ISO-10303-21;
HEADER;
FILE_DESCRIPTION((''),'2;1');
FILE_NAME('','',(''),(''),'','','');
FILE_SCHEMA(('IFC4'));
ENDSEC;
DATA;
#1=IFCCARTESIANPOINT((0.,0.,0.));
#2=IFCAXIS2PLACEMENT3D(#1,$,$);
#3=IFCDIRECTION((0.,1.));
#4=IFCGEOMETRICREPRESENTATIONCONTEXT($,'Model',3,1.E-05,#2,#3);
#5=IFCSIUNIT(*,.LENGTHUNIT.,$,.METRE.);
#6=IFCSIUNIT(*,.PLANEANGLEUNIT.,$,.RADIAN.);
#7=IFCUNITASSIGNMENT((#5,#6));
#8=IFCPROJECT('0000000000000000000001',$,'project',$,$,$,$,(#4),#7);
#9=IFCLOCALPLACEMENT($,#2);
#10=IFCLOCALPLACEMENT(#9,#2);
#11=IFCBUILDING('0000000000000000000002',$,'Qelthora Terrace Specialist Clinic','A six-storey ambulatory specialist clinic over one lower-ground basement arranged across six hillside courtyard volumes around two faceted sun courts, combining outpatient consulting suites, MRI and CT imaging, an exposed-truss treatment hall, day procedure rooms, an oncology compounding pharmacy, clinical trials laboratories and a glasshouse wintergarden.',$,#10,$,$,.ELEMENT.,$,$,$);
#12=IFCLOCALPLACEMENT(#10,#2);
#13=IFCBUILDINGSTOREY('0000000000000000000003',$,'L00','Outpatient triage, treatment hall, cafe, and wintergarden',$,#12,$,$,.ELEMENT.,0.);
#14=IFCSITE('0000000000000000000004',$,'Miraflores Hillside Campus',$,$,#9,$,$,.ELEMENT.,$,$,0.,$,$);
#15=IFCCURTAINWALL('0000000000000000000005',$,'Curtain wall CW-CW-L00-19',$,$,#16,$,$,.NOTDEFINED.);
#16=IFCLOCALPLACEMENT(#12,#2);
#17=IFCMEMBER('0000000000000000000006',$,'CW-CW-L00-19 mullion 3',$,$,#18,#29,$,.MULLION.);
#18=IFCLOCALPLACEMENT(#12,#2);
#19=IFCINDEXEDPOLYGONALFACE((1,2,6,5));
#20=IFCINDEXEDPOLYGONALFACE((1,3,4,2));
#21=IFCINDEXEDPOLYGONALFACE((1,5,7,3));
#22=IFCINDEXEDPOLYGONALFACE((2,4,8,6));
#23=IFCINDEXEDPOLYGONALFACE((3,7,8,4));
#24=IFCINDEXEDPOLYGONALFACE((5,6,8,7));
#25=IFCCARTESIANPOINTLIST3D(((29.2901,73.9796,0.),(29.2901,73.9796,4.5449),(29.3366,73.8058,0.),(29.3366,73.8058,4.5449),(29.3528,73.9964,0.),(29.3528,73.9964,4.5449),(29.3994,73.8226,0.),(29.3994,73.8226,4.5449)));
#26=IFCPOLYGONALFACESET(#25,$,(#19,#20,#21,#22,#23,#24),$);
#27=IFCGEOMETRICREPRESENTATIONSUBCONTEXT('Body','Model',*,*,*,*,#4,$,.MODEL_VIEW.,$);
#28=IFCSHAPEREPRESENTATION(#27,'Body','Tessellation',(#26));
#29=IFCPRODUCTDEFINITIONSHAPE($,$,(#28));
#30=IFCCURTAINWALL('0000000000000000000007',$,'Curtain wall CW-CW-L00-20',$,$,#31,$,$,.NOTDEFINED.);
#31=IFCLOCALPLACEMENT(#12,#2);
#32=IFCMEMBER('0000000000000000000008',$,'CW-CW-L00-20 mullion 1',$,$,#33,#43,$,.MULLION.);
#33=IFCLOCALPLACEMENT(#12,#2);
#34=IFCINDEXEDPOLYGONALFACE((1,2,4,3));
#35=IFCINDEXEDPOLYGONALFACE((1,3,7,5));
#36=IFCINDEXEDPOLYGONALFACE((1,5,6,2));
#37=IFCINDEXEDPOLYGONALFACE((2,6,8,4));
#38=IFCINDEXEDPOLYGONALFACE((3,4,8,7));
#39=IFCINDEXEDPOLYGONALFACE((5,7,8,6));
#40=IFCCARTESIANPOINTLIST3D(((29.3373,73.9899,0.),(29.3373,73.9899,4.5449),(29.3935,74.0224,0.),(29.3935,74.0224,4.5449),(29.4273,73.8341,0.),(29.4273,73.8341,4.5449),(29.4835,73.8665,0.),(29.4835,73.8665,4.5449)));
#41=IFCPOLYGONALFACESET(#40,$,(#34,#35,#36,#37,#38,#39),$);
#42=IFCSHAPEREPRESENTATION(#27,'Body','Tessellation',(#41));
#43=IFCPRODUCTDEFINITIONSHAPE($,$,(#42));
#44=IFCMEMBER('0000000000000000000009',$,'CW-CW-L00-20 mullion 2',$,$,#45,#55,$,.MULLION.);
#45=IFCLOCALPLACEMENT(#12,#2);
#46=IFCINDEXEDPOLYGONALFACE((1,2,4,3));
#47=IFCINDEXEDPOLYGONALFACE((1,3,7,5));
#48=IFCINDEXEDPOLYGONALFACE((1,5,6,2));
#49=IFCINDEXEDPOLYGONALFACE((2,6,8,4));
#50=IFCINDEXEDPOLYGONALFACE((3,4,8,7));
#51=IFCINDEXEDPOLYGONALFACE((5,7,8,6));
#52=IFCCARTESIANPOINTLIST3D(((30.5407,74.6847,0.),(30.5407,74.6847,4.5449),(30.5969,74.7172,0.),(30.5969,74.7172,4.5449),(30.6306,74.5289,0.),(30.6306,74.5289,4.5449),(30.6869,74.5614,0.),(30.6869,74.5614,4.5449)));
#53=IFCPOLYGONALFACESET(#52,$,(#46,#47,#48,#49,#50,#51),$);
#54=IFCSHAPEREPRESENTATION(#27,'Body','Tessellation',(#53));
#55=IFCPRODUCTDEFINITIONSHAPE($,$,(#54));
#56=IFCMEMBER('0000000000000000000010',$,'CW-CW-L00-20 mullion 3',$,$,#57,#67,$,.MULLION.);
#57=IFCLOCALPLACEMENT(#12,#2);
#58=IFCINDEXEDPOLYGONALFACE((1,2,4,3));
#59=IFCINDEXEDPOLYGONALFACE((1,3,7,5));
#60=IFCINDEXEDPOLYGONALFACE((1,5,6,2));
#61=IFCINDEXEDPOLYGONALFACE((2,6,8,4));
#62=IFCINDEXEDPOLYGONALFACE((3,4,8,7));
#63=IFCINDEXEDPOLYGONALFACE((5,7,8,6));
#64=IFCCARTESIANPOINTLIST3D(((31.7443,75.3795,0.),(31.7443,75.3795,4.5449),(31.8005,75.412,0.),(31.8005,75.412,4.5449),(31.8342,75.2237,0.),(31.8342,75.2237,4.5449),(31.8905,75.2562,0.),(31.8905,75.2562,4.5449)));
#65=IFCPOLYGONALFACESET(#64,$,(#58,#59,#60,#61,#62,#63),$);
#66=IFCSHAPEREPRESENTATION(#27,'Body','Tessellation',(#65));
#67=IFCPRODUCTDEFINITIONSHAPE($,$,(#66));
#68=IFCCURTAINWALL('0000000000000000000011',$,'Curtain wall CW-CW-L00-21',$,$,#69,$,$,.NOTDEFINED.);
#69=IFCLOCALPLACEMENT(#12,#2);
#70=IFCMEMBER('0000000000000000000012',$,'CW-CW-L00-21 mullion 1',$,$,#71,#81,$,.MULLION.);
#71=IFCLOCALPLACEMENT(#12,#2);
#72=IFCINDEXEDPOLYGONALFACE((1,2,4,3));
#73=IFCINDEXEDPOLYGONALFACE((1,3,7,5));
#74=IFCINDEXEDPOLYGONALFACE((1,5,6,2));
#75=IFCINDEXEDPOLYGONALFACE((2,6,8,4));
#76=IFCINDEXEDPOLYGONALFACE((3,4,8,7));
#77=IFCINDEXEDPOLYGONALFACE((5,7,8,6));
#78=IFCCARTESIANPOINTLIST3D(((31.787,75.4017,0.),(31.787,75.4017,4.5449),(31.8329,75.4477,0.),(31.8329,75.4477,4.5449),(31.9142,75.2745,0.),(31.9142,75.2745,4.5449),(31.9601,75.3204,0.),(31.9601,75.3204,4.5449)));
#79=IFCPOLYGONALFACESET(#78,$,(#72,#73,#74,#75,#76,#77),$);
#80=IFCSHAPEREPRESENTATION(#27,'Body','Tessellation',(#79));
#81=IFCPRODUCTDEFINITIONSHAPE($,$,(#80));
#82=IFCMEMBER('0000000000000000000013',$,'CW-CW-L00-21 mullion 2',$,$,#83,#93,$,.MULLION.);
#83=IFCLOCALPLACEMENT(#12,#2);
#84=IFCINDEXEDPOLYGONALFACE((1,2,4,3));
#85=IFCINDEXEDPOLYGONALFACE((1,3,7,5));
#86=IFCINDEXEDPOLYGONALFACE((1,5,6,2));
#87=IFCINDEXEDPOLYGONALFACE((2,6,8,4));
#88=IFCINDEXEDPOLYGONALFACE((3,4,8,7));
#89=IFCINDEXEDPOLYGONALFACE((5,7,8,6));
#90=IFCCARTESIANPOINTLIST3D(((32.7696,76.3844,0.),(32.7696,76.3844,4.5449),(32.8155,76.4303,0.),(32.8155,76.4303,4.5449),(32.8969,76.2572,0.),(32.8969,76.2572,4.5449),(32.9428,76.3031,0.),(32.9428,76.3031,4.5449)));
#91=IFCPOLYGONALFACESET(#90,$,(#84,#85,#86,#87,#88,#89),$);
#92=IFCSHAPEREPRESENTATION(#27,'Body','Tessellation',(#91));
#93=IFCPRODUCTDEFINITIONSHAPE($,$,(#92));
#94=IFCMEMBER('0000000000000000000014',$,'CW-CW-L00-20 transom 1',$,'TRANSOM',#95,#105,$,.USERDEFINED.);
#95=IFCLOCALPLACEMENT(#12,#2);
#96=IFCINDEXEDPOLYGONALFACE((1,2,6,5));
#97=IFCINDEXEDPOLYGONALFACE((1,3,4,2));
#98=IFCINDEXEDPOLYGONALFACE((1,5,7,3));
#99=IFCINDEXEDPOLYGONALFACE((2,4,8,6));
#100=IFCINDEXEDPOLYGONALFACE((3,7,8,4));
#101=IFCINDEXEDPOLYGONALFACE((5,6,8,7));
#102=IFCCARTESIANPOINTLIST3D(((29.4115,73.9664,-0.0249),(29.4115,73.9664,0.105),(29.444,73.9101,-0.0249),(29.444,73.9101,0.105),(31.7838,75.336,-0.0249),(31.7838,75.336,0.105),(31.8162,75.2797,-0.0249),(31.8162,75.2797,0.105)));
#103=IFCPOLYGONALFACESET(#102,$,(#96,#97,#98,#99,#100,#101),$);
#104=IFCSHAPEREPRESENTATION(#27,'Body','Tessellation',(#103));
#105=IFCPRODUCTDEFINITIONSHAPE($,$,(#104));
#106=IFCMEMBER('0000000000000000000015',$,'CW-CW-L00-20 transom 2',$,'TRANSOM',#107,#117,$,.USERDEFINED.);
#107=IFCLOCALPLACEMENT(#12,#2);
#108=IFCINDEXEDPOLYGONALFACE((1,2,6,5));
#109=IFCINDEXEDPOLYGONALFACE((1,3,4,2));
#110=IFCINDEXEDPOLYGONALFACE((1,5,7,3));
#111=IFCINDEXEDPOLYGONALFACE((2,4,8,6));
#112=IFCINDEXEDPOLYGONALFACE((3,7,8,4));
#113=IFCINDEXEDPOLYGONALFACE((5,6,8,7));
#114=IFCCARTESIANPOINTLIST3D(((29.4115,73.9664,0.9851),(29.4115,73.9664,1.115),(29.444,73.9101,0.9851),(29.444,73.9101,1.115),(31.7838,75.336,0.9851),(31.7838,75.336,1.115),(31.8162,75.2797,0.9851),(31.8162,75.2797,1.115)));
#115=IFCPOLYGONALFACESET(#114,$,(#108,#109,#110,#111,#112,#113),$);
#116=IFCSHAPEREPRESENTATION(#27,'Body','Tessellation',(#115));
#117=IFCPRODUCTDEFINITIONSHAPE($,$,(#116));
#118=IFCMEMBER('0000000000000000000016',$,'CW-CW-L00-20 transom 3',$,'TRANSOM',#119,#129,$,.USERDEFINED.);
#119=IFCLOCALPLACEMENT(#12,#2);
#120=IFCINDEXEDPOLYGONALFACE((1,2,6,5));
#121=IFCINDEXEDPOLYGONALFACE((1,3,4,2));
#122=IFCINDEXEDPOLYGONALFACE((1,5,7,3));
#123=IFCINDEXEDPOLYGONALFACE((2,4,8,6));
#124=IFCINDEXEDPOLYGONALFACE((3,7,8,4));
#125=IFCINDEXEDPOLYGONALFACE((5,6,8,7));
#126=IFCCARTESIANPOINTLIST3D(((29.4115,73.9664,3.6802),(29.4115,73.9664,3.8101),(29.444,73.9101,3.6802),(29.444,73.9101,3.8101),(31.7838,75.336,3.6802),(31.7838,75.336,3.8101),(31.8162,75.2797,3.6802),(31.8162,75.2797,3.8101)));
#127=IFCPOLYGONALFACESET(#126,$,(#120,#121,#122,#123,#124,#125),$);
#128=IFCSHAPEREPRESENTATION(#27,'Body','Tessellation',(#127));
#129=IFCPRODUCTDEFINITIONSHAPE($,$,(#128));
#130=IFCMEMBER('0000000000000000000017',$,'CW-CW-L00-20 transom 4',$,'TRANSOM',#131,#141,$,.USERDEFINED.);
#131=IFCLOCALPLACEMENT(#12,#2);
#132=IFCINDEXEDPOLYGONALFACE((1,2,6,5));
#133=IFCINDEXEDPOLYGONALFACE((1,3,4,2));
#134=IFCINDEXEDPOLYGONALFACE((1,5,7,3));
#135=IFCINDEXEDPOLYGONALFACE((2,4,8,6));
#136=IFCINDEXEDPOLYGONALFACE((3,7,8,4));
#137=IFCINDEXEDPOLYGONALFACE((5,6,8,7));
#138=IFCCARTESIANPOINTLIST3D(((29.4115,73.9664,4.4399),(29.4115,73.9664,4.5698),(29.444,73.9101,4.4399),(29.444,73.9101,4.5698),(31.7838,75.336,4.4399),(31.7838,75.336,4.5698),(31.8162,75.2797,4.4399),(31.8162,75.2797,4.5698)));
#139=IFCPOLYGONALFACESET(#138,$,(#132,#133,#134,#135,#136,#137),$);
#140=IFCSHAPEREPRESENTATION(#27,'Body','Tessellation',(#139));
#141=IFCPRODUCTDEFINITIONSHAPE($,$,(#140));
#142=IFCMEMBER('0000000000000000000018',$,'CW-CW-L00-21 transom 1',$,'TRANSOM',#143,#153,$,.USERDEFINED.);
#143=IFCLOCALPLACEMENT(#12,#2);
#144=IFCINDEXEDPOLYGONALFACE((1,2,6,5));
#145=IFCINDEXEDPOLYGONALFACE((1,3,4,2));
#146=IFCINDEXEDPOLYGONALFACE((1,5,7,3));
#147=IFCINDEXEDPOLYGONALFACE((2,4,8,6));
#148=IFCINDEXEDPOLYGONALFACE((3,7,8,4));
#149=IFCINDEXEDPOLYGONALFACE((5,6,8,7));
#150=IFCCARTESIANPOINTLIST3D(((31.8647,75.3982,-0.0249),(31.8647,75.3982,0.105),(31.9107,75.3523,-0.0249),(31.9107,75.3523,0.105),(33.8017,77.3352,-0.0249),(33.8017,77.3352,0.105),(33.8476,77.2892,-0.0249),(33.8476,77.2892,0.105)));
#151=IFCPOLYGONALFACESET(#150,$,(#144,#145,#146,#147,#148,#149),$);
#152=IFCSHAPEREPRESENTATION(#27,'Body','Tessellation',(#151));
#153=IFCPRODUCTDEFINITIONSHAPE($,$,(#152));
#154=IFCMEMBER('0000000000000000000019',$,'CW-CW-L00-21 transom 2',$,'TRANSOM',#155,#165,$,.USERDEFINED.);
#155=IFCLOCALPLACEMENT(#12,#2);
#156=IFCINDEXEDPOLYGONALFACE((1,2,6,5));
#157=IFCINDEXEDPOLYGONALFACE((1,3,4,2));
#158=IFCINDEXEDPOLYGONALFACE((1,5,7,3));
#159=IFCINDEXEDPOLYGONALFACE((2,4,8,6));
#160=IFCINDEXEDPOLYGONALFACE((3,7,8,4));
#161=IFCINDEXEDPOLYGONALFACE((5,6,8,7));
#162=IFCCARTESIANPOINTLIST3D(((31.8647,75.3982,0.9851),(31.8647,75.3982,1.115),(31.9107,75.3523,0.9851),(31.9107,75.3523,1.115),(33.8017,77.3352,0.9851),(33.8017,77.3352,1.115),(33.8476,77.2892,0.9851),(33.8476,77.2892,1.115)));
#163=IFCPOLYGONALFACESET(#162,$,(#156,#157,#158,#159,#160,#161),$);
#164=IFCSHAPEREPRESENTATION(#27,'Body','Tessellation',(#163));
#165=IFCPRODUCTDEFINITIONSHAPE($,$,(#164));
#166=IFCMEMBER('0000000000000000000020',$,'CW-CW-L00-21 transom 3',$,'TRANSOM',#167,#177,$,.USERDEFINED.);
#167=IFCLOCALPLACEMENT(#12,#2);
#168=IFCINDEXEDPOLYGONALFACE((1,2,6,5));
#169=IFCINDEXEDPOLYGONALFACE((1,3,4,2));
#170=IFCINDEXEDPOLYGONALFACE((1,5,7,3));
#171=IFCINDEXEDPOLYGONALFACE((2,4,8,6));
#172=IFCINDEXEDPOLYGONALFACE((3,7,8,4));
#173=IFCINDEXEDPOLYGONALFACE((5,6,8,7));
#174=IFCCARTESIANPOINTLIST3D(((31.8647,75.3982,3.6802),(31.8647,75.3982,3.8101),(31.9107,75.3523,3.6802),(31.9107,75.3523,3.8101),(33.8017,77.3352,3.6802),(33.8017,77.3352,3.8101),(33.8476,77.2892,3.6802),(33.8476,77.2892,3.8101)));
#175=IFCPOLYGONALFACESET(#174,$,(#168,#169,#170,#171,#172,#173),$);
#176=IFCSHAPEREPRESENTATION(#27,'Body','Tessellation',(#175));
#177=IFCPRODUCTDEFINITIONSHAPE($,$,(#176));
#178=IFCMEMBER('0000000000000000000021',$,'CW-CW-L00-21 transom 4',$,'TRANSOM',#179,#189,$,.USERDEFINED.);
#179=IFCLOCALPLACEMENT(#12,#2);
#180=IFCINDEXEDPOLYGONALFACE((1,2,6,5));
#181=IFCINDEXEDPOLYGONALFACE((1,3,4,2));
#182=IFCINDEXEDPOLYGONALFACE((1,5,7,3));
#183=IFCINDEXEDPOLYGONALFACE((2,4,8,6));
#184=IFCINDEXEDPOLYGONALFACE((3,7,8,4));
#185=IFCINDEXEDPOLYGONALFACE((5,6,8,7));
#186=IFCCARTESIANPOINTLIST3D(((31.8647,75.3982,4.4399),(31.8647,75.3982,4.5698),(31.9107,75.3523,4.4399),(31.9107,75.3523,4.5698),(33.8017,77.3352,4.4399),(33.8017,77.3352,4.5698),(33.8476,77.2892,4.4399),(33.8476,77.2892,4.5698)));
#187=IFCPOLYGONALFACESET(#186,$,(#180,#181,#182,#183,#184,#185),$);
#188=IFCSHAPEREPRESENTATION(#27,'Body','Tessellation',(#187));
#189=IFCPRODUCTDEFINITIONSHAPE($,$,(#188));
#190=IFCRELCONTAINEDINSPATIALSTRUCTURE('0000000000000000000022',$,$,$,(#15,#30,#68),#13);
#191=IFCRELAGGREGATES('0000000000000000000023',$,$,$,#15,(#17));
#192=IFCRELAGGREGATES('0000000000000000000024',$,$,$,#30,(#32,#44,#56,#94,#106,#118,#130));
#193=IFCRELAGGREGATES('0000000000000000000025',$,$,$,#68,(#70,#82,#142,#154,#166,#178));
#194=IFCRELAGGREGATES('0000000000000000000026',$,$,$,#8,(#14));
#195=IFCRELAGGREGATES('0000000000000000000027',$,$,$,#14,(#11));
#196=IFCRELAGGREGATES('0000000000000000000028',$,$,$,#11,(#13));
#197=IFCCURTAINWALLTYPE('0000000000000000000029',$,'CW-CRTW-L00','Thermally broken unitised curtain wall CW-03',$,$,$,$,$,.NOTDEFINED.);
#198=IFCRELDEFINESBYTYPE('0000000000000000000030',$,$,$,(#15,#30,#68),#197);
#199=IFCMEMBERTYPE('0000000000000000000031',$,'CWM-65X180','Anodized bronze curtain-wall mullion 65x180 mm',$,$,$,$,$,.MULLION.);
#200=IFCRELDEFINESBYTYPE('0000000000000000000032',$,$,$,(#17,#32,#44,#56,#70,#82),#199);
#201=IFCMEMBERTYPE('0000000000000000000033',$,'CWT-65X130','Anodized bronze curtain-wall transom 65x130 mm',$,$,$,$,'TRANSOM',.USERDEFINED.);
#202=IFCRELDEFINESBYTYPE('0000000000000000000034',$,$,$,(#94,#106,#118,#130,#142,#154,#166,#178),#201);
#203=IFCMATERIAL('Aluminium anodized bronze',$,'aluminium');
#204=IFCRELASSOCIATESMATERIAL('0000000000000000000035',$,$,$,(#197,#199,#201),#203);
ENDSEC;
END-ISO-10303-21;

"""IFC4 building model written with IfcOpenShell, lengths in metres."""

from ifc_helpers import new_model, si_unit, direction, frame, origin, origin_2d, place, context, subcontext, project, spatial, rectangle, extrude, material, material_profile, profile_set, type_object, element, aggregate, save


model = new_model("IFC4")

# Units and contexts
model_context = context("Model", 3, precision=1e-05, world=origin(), true_north=direction((0.0, 1.0)))
body_context = subcontext(model_context, "Body", "Model", "MODEL_VIEW")
ifc_project = project(units=[si_unit("LENGTHUNIT", "METRE"), si_unit("PLANEANGLEUNIT", "RADIAN")], contexts=[model_context])

# Site, building, storey
site_placement = place(None, origin())
site = spatial("IfcSite", under=ifc_project, at=site_placement, Name="Miraflores Hillside Campus", CompositionType="ELEMENT", RefElevation=0.0)
building_placement = place(site_placement, origin())
building = spatial("IfcBuilding", under=site, at=building_placement, Name="Qelthora Terrace Specialist Clinic", Description="A six-storey ambulatory specialist clinic over one lower-ground basement arranged across six hillside courtyard volumes around two faceted sun courts, combining outpatient consulting suites, MRI and CT imaging, an exposed-truss treatment hall, day procedure rooms, an oncology compounding pharmacy, clinical trials laboratories and a glasshouse wintergarden.", CompositionType="ELEMENT")
storey_placement = place(building_placement, origin())
storey = spatial("IfcBuildingStorey", under=building, at=storey_placement, Name="L00", Description="Outpatient triage, treatment hall, cafe, and wintergarden", CompositionType="ELEMENT", Elevation=0.0)

# Curtain wall, member
ifc_material_1 = material(Name="Aluminium anodized bronze", Category="aluminium")
curtain_wall_type = type_object("IfcCurtainWallType", Name="CW-CRTW-L00", Description="Thermally broken unitised curtain wall CW-03", PredefinedType="NOTDEFINED", material=ifc_material_1)
curtain_wall_1_placement = place(storey_placement, origin())
curtain_wall_1 = element("IfcCurtainWall", 1, at=curtain_wall_1_placement, inside=storey, type_object=curtain_wall_type, Name="Curtain wall CW-CW-L00-19", PredefinedType="NOTDEFINED")
ifc_material_profile_1 = material_profile(ifc_material_1, rectangle(XDim=0.0649, YDim=0.1799, at=origin_2d()), Name="CWM65X180")
ifc_profile_set_1 = profile_set([ifc_material_profile_1], Name="Aluminium anodized bronze")
member_type_1 = type_object("IfcMemberType", Name="CWM-65X180", Description="Anodized bronze curtain-wall mullion 65x180 mm", PredefinedType="MULLION", material=ifc_profile_set_1)
member_1_placement = place(storey_placement, frame((29.3447, 73.9011, 0.0), z_axis=(0.0, 0.0, 1.0), x_axis=(0.965925, 0.25882, 0.0)))
member_1 = element("IfcMember", 2, at=member_1_placement, type_object=member_type_1, Name="CW-CW-L00-19 mullion 3", PredefinedType="MULLION", context=body_context, shape_type="SweptSolid", body=[
    extrude(rectangle(XDim=0.0649, YDim=0.1799, at=origin_2d()), origin(), (0.0, 0.0, 1.0), 4.5449),
])

# Curtain walls, members
curtain_wall_2_placement = place(storey_placement, origin())
curtain_wall_2 = element("IfcCurtainWall", 3, at=curtain_wall_2_placement, inside=storey, type_object=curtain_wall_type, Name="Curtain wall CW-CW-L00-20", PredefinedType="NOTDEFINED")
member_2_placement = place(storey_placement, frame((29.4104, 73.9282, 0.0), z_axis=(0.0, 0.0, 1.0), x_axis=(0.866026, 0.5, 0.0)))
member_2 = element("IfcMember", 4, at=member_2_placement, type_object=member_type_1, Name="CW-CW-L00-20 mullion 1", PredefinedType="MULLION", context=body_context, shape_type="SweptSolid", body=[
    extrude(rectangle(XDim=0.0649, YDim=0.1799, at=origin_2d()), origin(), (0.0, 0.0, 1.0), 4.5449),
])
member_3_placement = place(storey_placement, frame((30.6138, 74.623, 0.0), z_axis=(0.0, 0.0, 1.0), x_axis=(0.866026, 0.5, 0.0)))
member_3 = element("IfcMember", 5, at=member_3_placement, type_object=member_type_1, Name="CW-CW-L00-20 mullion 2", PredefinedType="MULLION", context=body_context, shape_type="SweptSolid", body=[
    extrude(rectangle(XDim=0.0649, YDim=0.1799, at=origin_2d()), origin(), (0.0, 0.0, 1.0), 4.5449),
])
member_4_placement = place(storey_placement, frame((31.8174, 75.3179, 0.0), z_axis=(0.0, 0.0, 1.0), x_axis=(0.866026, 0.5, 0.0)))
member_4 = element("IfcMember", 6, at=member_4_placement, type_object=member_type_1, Name="CW-CW-L00-20 mullion 3", PredefinedType="MULLION", context=body_context, shape_type="SweptSolid", body=[
    extrude(rectangle(XDim=0.0649, YDim=0.1799, at=origin_2d()), origin(), (0.0, 0.0, 1.0), 4.5449),
])
curtain_wall_3_placement = place(storey_placement, origin())
curtain_wall_3 = element("IfcCurtainWall", 7, at=curtain_wall_3_placement, inside=storey, type_object=curtain_wall_type, Name="Curtain wall CW-CW-L00-21", PredefinedType="NOTDEFINED")
member_5_placement = place(storey_placement, frame((31.8735, 75.3611, 0.0), z_axis=(0.0, 0.0, 1.0), x_axis=(0.707107, 0.707107, 0.0)))
member_5 = element("IfcMember", 8, at=member_5_placement, type_object=member_type_1, Name="CW-CW-L00-21 mullion 1", PredefinedType="MULLION", context=body_context, shape_type="SweptSolid", body=[
    extrude(rectangle(XDim=0.0649, YDim=0.1799, at=origin_2d()), origin(), (0.0, 0.0, 1.0), 4.5449),
])
member_6_placement = place(storey_placement, frame((32.8562, 76.3438, 0.0), z_axis=(0.0, 0.0, 1.0), x_axis=(0.707107, 0.707107, 0.0)))
member_6 = element("IfcMember", 9, at=member_6_placement, type_object=member_type_1, Name="CW-CW-L00-21 mullion 2", PredefinedType="MULLION", context=body_context, shape_type="SweptSolid", body=[
    extrude(rectangle(XDim=0.0649, YDim=0.1799, at=origin_2d()), origin(), (0.0, 0.0, 1.0), 4.5449),
])

# Members
ifc_material_profile_2 = material_profile(ifc_material_1, rectangle(XDim=0.0649, YDim=0.1299, at=origin_2d()), Name="CWT65X130")
ifc_profile_set_2 = profile_set([ifc_material_profile_2], Name="Aluminium anodized bronze")
member_type_2 = type_object("IfcMemberType", Name="CWT-65X130", Description="Anodized bronze curtain-wall transom 65x130 mm", ElementType="TRANSOM", PredefinedType="USERDEFINED", material=ifc_profile_set_2)
member_7_placement = place(storey_placement, frame((29.4277, 73.9382, 0.04), z_axis=(0.86603, 0.499992, 0.0), x_axis=(-0.499992, 0.86603, 0.0)))
member_7 = element("IfcMember", 10, at=member_7_placement, type_object=member_type_2, Name="CW-CW-L00-20 transom 1", ObjectType="TRANSOM", PredefinedType="USERDEFINED", context=body_context, shape_type="SweptSolid", body=[
    extrude(rectangle(XDim=0.0649, YDim=0.1299, at=origin_2d()), origin(), (0.0, 0.0, 1.0), 2.7393),
])
member_8_placement = place(storey_placement, frame((29.4277, 73.9382, 1.05), z_axis=(0.86603, 0.499992, 0.0), x_axis=(-0.499992, 0.86603, 0.0)))
member_8 = element("IfcMember", 11, at=member_8_placement, type_object=member_type_2, Name="CW-CW-L00-20 transom 2", ObjectType="TRANSOM", PredefinedType="USERDEFINED", context=body_context, shape_type="SweptSolid", body=[
    extrude(rectangle(XDim=0.0649, YDim=0.1299, at=origin_2d()), origin(), (0.0, 0.0, 1.0), 2.7393),
])
member_9_placement = place(storey_placement, frame((29.4277, 73.9382, 3.7451), z_axis=(0.86603, 0.499992, 0.0), x_axis=(-0.499992, 0.86603, 0.0)))
member_9 = element("IfcMember", 12, at=member_9_placement, type_object=member_type_2, Name="CW-CW-L00-20 transom 3", ObjectType="TRANSOM", PredefinedType="USERDEFINED", context=body_context, shape_type="SweptSolid", body=[
    extrude(rectangle(XDim=0.0649, YDim=0.1299, at=origin_2d()), origin(), (0.0, 0.0, 1.0), 2.7393),
])
member_10_placement = place(storey_placement, frame((29.4277, 73.9382, 4.5049), z_axis=(0.86603, 0.499992, 0.0), x_axis=(-0.499992, 0.86603, 0.0)))
member_10 = element("IfcMember", 13, at=member_10_placement, type_object=member_type_2, Name="CW-CW-L00-20 transom 4", ObjectType="TRANSOM", PredefinedType="USERDEFINED", context=body_context, shape_type="SweptSolid", body=[
    extrude(rectangle(XDim=0.0649, YDim=0.1299, at=origin_2d()), origin(), (0.0, 0.0, 1.0), 2.7393),
])
member_11_placement = place(storey_placement, frame((31.8877, 75.3752, 0.04), z_axis=(0.707107, 0.707107, 0.0), x_axis=(-0.707107, 0.707107, 0.0)))
member_11 = element("IfcMember", 14, at=member_11_placement, type_object=member_type_2, Name="CW-CW-L00-21 transom 1", ObjectType="TRANSOM", PredefinedType="USERDEFINED", context=body_context, shape_type="SweptSolid", body=[
    extrude(rectangle(XDim=0.0649, YDim=0.1299, at=origin_2d()), origin(), (0.0, 0.0, 1.0), 2.7393),
])
member_12_placement = place(storey_placement, frame((31.8877, 75.3752, 1.05), z_axis=(0.707107, 0.707107, 0.0), x_axis=(-0.707107, 0.707107, 0.0)))
member_12 = element("IfcMember", 15, at=member_12_placement, type_object=member_type_2, Name="CW-CW-L00-21 transom 2", ObjectType="TRANSOM", PredefinedType="USERDEFINED", context=body_context, shape_type="SweptSolid", body=[
    extrude(rectangle(XDim=0.0649, YDim=0.1299, at=origin_2d()), origin(), (0.0, 0.0, 1.0), 2.7393),
])
member_13_placement = place(storey_placement, frame((31.8877, 75.3752, 3.7451), z_axis=(0.707107, 0.707107, 0.0), x_axis=(-0.707107, 0.707107, 0.0)))
member_13 = element("IfcMember", 16, at=member_13_placement, type_object=member_type_2, Name="CW-CW-L00-21 transom 3", ObjectType="TRANSOM", PredefinedType="USERDEFINED", context=body_context, shape_type="SweptSolid", body=[
    extrude(rectangle(XDim=0.0649, YDim=0.1299, at=origin_2d()), origin(), (0.0, 0.0, 1.0), 2.7393),
])
member_14_placement = place(storey_placement, frame((31.8877, 75.3752, 4.5049), z_axis=(0.707107, 0.707107, 0.0), x_axis=(-0.707107, 0.707107, 0.0)))
member_14 = element("IfcMember", 17, at=member_14_placement, type_object=member_type_2, Name="CW-CW-L00-21 transom 4", ObjectType="TRANSOM", PredefinedType="USERDEFINED", context=body_context, shape_type="SweptSolid", body=[
    extrude(rectangle(XDim=0.0649, YDim=0.1299, at=origin_2d()), origin(), (0.0, 0.0, 1.0), 2.7393),
])

aggregate(curtain_wall_1, [member_1])
aggregate(curtain_wall_2, [member_2, member_3, member_4, member_7, member_8, member_9, member_10])
aggregate(curtain_wall_3, [member_5, member_6, member_11, member_12, member_13, member_14])

save(model, "model.ifc")
